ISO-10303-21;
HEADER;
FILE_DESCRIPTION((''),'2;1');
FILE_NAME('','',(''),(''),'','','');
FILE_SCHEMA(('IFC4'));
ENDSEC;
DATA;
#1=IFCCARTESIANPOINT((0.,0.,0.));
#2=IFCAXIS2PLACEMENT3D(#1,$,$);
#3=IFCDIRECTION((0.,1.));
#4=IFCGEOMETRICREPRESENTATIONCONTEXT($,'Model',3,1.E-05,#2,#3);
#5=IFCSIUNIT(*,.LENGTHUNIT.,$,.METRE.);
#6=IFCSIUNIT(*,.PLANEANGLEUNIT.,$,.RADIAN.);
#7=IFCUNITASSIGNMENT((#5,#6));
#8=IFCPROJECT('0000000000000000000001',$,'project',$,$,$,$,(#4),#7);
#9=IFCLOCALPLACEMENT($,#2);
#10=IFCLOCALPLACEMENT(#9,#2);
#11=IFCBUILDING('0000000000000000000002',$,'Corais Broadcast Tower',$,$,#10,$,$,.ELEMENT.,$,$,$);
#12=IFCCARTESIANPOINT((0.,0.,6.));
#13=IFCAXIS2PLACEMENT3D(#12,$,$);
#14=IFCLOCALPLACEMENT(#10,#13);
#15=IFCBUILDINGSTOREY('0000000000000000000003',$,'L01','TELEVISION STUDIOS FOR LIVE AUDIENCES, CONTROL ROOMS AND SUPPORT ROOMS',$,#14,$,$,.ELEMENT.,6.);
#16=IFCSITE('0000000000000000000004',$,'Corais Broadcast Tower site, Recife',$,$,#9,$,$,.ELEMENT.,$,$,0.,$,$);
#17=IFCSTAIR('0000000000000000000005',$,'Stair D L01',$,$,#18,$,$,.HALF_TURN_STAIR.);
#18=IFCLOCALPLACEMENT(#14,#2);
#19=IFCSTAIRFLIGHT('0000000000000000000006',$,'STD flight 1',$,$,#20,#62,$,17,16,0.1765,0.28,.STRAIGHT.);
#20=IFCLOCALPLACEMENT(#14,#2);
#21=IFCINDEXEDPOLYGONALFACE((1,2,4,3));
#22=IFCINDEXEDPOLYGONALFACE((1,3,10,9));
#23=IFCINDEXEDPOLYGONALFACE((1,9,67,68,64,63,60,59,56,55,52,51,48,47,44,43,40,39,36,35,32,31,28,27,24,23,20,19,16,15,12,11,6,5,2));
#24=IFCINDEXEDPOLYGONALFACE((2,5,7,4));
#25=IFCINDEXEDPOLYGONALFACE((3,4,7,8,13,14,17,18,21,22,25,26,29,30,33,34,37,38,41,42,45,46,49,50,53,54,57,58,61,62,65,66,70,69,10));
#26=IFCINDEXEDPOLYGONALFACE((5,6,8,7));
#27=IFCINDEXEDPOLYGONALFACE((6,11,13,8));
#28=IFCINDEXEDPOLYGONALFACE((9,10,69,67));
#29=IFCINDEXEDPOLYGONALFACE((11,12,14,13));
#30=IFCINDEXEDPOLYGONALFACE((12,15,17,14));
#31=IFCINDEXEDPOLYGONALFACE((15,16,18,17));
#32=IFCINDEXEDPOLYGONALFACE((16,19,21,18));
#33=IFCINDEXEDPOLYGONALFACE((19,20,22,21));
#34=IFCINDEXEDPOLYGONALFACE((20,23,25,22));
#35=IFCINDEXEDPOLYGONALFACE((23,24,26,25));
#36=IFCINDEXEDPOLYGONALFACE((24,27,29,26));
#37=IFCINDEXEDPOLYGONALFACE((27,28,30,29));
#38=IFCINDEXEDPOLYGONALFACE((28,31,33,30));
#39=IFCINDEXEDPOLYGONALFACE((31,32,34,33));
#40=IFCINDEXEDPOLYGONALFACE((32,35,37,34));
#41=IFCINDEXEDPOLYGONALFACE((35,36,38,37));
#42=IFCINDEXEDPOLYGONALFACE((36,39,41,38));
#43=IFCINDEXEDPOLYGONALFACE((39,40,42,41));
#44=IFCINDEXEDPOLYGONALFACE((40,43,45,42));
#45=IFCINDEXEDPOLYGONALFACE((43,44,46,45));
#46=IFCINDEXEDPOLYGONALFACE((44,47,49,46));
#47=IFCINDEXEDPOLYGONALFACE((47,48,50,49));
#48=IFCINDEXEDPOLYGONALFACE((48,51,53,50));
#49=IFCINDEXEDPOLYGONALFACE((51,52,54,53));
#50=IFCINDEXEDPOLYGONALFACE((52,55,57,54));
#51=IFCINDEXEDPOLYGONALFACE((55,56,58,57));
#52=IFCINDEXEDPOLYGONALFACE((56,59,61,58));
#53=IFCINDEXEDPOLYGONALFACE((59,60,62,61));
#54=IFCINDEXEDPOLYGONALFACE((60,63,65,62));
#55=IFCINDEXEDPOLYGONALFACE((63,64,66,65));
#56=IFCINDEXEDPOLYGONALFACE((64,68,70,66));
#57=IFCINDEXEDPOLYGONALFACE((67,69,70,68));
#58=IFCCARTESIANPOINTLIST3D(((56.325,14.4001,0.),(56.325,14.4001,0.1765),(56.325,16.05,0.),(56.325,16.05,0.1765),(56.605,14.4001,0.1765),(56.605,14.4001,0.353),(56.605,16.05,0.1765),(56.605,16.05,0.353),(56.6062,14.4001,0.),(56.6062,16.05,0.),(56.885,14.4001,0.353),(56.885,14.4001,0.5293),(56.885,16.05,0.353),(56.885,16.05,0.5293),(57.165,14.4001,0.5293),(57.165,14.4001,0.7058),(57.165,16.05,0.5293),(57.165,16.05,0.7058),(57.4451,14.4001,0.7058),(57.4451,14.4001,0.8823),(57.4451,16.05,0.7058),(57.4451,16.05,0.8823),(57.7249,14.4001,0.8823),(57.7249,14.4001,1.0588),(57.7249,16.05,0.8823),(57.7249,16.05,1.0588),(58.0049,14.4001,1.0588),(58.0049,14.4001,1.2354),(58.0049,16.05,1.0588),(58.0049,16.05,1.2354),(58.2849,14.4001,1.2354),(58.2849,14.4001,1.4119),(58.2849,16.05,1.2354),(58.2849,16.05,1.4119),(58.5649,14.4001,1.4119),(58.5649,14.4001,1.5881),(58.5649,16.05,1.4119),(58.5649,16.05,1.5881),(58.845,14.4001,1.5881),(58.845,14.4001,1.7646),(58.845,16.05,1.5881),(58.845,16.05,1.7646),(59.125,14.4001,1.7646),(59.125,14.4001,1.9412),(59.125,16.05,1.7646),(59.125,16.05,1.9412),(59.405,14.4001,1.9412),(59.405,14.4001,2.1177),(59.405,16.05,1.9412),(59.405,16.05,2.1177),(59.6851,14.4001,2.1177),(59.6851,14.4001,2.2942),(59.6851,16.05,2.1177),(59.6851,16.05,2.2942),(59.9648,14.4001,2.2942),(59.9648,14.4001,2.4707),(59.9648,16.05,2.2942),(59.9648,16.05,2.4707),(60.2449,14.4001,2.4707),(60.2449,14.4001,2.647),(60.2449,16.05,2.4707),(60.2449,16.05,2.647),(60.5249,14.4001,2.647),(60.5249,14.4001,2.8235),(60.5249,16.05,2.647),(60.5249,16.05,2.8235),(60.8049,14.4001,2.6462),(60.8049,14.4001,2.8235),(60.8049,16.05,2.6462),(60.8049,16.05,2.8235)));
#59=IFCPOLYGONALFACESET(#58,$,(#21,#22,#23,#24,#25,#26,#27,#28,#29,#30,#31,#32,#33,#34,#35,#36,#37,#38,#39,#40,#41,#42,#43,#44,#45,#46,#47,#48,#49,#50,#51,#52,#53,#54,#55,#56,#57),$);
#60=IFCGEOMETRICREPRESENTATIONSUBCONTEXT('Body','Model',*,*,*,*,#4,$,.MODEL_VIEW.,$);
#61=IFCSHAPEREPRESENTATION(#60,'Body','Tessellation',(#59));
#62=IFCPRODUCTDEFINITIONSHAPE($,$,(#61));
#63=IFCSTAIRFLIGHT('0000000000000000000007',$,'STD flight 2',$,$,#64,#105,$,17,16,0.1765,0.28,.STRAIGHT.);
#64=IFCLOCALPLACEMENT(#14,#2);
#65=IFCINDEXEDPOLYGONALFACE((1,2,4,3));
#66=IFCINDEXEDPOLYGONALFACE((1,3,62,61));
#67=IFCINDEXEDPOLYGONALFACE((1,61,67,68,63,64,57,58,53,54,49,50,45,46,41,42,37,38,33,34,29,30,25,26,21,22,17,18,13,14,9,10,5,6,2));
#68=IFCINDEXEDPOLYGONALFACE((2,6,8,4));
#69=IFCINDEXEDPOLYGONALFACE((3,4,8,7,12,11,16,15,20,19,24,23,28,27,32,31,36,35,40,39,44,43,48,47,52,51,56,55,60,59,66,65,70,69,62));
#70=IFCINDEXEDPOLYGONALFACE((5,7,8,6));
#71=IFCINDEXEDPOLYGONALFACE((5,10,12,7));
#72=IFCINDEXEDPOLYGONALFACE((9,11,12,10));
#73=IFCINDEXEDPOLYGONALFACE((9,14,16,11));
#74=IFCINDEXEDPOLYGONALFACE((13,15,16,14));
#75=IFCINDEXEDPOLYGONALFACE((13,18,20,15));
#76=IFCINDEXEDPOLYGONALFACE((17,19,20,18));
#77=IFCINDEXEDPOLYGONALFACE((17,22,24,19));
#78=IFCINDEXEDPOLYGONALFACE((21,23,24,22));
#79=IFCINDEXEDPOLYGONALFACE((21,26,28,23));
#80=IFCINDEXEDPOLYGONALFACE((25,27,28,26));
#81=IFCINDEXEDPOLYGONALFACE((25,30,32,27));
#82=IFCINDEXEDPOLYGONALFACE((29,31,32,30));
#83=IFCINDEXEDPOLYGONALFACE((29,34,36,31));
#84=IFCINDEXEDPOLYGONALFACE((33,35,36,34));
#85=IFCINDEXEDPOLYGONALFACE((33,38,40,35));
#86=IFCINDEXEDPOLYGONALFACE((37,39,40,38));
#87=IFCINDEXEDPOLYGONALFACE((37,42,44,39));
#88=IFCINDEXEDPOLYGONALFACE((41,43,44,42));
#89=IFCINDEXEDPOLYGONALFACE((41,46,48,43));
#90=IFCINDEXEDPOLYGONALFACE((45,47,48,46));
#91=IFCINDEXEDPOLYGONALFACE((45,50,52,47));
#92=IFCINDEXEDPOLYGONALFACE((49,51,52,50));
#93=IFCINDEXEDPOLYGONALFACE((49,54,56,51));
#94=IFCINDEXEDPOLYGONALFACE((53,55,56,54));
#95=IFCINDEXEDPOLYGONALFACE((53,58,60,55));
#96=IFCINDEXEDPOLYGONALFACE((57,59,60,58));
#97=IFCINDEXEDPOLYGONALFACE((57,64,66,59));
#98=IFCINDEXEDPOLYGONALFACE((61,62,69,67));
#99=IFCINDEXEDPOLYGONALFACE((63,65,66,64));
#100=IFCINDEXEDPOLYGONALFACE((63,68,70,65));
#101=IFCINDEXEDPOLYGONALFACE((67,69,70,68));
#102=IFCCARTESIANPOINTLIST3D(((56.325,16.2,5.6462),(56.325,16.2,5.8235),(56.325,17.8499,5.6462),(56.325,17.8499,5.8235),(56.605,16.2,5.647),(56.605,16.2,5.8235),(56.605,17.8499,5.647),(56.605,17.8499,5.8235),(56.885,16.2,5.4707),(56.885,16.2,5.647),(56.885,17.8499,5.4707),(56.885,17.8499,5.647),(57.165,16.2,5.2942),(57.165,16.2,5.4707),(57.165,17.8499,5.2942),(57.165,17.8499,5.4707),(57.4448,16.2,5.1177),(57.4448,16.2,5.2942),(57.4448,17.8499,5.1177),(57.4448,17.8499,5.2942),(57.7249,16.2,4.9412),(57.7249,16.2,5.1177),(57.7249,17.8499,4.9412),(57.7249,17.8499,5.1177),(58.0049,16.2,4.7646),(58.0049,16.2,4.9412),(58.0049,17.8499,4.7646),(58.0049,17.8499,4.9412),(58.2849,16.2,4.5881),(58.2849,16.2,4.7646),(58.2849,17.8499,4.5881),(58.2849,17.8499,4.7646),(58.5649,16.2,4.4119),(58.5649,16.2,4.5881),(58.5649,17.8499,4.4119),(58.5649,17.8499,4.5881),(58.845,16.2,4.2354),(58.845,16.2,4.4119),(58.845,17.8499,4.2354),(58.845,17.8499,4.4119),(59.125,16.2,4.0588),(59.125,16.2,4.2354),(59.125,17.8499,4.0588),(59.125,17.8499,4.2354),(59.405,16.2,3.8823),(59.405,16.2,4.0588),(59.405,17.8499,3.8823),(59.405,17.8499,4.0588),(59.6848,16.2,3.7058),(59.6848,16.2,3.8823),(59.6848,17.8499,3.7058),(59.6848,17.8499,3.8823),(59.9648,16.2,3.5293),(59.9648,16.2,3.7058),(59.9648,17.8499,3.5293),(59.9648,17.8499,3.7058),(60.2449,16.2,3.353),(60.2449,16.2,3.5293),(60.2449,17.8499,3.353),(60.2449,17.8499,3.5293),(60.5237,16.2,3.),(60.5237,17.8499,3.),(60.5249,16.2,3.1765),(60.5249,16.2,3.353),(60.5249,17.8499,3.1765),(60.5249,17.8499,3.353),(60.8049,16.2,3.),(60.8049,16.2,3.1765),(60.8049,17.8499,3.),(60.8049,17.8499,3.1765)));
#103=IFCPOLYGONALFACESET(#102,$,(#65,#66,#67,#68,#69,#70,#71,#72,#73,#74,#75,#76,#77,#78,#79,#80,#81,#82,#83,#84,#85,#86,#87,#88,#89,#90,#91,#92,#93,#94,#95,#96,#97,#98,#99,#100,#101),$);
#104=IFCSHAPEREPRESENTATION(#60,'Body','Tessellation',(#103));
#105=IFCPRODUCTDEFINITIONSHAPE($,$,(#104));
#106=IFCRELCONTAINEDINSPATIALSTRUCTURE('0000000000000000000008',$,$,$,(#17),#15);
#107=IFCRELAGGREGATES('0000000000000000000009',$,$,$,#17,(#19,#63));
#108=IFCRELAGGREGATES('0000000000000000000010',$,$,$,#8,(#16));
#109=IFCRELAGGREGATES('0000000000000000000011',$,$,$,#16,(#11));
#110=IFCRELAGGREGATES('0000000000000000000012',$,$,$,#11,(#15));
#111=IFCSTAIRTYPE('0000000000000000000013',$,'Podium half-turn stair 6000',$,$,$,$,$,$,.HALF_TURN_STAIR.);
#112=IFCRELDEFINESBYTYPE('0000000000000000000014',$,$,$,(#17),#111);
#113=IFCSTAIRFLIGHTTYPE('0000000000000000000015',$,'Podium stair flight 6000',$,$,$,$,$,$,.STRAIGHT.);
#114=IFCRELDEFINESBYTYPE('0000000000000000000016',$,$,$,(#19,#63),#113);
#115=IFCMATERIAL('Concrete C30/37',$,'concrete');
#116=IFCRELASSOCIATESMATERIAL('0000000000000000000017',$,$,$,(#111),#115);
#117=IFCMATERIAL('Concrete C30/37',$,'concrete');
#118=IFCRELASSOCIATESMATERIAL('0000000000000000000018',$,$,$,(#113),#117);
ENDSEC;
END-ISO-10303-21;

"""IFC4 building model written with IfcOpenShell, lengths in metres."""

from ifc_helpers import new_model, si_unit, direction, frame, origin, place, context, subcontext, project, spatial, polyline, outline, extrude, material, type_object, element, aggregate, save


model = new_model("IFC4")

# Units and contexts
model_context = context("Model", 3, precision=1e-05, world=origin(), true_north=direction((0.0, 1.0)))
body_context = subcontext(model_context, "Body", "Model", "MODEL_VIEW")
ifc_project = project(units=[si_unit("LENGTHUNIT", "METRE"), si_unit("PLANEANGLEUNIT", "RADIAN")], contexts=[model_context])

# Site, building, storey
site_placement = place(None, origin())
site = spatial("IfcSite", under=ifc_project, at=site_placement, Name="Corais Broadcast Tower site, Recife", CompositionType="ELEMENT", RefElevation=0.0)
building_placement = place(site_placement, origin())
building = spatial("IfcBuilding", under=site, at=building_placement, Name="Corais Broadcast Tower", CompositionType="ELEMENT")
storey_placement = place(building_placement, frame((0.0, 0.0, 6.0)))
storey = spatial("IfcBuildingStorey", under=building, at=storey_placement, Name="L01", Description="TELEVISION STUDIOS FOR LIVE AUDIENCES, CONTROL ROOMS AND SUPPORT ROOMS", CompositionType="ELEMENT", Elevation=6.0)

# Stair, stair flights
ifc_material_1 = material(Name="Concrete C30/37", Category="concrete")
stair_type = type_object("IfcStairType", Name="Podium half-turn stair 6000", PredefinedType="HALF_TURN_STAIR", material=ifc_material_1)
stair_placement = place(storey_placement, origin())
stair = element("IfcStair", 1, at=stair_placement, inside=storey, type_object=stair_type, Name="Stair D L01", PredefinedType="HALF_TURN_STAIR")
ifc_material_2 = material(Name="Concrete C30/37", Category="concrete")
stair_flight_type = type_object("IfcStairFlightType", Name="Podium stair flight 6000", PredefinedType="STRAIGHT", material=ifc_material_2)
stair_flight_1_placement = place(storey_placement, frame((56.325, 15.2251, 0.0), z_axis=(0.0, 0.0, 1.0), x_axis=(1.0, 0.0, 0.0)))
stair_flight_1 = element("IfcStairFlight", 2, at=stair_flight_1_placement, type_object=stair_flight_type, Name="STD flight 1", NumberOfRisers=17, NumberOfTreads=16, PredefinedType="STRAIGHT", RiserHeight=0.1765, TreadLength=0.28, context=body_context, shape_type="SweptSolid", body=[
    extrude(outline(polyline([(0.0, 0.0), (0.0, 0.1765), (0.28, 0.1765), (0.28, 0.353), (0.5601, 0.353), (0.5601, 0.5293), (0.8401, 0.5293), (0.8401, 0.7058), (1.1201, 0.7058), (1.1201, 0.8823), (1.3999, 0.8823), (1.3999, 1.0588), (1.6799, 1.0588), (1.6799, 1.2354), (1.96, 1.2354), (1.96, 1.4119), (2.24, 1.4119), (2.24, 1.5881), (2.52, 1.5881), (2.52, 1.7646), (2.8, 1.7646), (2.8, 1.9412), (3.0801, 1.9412), (3.0801, 2.1177), (3.3601, 2.1177), (3.3601, 2.2942), (3.6399, 2.2942), (3.6399, 2.4707), (3.9199, 2.4707), (3.9199, 2.647), (4.2, 2.647), (4.2, 2.8235), (4.48, 2.8235), (4.48, 3.0), (4.48, 2.6462), (0.2812, 0.0), (0.0, 0.0)])), frame((0.0, 0.825, 0.0), z_axis=(0.0, -1.0, 0.0), x_axis=(1.0, 0.0, 0.0)), (0.0, 0.0, 1.0), 1.6499),
])
stair_flight_2_placement = place(storey_placement, frame((60.8049, 17.0249, 3.0), z_axis=(0.0, 0.0, 1.0), x_axis=(-1.0, 0.0, 0.0)))
stair_flight_2 = element("IfcStairFlight", 3, at=stair_flight_2_placement, type_object=stair_flight_type, Name="STD flight 2", NumberOfRisers=17, NumberOfTreads=16, PredefinedType="STRAIGHT", RiserHeight=0.1765, TreadLength=0.28, context=body_context, shape_type="SweptSolid", body=[
    extrude(outline(polyline([(0.0, 0.0), (0.0, 0.1765), (0.28, 0.1765), (0.28, 0.353), (0.5601, 0.353), (0.5601, 0.5293), (0.8401, 0.5293), (0.8401, 0.7058), (1.1201, 0.7058), (1.1201, 0.8823), (1.3999, 0.8823), (1.3999, 1.0588), (1.6799, 1.0588), (1.6799, 1.2354), (1.96, 1.2354), (1.96, 1.4119), (2.24, 1.4119), (2.24, 1.5881), (2.52, 1.5881), (2.52, 1.7646), (2.8, 1.7646), (2.8, 1.9412), (3.0801, 1.9412), (3.0801, 2.1177), (3.3601, 2.1177), (3.3601, 2.2942), (3.6399, 2.2942), (3.6399, 2.4707), (3.9199, 2.4707), (3.9199, 2.647), (4.2, 2.647), (4.2, 2.8235), (4.48, 2.8235), (4.48, 3.0), (4.48, 2.6462), (0.2812, 0.0), (0.0, 0.0)])), frame((0.0, 0.825, 0.0), z_axis=(0.0, -1.0, 0.0), x_axis=(1.0, 0.0, 0.0)), (0.0, 0.0, 1.0), 1.6499),
])
aggregate(stair, [stair_flight_1, stair_flight_2])

save(model, "model.ifc")
